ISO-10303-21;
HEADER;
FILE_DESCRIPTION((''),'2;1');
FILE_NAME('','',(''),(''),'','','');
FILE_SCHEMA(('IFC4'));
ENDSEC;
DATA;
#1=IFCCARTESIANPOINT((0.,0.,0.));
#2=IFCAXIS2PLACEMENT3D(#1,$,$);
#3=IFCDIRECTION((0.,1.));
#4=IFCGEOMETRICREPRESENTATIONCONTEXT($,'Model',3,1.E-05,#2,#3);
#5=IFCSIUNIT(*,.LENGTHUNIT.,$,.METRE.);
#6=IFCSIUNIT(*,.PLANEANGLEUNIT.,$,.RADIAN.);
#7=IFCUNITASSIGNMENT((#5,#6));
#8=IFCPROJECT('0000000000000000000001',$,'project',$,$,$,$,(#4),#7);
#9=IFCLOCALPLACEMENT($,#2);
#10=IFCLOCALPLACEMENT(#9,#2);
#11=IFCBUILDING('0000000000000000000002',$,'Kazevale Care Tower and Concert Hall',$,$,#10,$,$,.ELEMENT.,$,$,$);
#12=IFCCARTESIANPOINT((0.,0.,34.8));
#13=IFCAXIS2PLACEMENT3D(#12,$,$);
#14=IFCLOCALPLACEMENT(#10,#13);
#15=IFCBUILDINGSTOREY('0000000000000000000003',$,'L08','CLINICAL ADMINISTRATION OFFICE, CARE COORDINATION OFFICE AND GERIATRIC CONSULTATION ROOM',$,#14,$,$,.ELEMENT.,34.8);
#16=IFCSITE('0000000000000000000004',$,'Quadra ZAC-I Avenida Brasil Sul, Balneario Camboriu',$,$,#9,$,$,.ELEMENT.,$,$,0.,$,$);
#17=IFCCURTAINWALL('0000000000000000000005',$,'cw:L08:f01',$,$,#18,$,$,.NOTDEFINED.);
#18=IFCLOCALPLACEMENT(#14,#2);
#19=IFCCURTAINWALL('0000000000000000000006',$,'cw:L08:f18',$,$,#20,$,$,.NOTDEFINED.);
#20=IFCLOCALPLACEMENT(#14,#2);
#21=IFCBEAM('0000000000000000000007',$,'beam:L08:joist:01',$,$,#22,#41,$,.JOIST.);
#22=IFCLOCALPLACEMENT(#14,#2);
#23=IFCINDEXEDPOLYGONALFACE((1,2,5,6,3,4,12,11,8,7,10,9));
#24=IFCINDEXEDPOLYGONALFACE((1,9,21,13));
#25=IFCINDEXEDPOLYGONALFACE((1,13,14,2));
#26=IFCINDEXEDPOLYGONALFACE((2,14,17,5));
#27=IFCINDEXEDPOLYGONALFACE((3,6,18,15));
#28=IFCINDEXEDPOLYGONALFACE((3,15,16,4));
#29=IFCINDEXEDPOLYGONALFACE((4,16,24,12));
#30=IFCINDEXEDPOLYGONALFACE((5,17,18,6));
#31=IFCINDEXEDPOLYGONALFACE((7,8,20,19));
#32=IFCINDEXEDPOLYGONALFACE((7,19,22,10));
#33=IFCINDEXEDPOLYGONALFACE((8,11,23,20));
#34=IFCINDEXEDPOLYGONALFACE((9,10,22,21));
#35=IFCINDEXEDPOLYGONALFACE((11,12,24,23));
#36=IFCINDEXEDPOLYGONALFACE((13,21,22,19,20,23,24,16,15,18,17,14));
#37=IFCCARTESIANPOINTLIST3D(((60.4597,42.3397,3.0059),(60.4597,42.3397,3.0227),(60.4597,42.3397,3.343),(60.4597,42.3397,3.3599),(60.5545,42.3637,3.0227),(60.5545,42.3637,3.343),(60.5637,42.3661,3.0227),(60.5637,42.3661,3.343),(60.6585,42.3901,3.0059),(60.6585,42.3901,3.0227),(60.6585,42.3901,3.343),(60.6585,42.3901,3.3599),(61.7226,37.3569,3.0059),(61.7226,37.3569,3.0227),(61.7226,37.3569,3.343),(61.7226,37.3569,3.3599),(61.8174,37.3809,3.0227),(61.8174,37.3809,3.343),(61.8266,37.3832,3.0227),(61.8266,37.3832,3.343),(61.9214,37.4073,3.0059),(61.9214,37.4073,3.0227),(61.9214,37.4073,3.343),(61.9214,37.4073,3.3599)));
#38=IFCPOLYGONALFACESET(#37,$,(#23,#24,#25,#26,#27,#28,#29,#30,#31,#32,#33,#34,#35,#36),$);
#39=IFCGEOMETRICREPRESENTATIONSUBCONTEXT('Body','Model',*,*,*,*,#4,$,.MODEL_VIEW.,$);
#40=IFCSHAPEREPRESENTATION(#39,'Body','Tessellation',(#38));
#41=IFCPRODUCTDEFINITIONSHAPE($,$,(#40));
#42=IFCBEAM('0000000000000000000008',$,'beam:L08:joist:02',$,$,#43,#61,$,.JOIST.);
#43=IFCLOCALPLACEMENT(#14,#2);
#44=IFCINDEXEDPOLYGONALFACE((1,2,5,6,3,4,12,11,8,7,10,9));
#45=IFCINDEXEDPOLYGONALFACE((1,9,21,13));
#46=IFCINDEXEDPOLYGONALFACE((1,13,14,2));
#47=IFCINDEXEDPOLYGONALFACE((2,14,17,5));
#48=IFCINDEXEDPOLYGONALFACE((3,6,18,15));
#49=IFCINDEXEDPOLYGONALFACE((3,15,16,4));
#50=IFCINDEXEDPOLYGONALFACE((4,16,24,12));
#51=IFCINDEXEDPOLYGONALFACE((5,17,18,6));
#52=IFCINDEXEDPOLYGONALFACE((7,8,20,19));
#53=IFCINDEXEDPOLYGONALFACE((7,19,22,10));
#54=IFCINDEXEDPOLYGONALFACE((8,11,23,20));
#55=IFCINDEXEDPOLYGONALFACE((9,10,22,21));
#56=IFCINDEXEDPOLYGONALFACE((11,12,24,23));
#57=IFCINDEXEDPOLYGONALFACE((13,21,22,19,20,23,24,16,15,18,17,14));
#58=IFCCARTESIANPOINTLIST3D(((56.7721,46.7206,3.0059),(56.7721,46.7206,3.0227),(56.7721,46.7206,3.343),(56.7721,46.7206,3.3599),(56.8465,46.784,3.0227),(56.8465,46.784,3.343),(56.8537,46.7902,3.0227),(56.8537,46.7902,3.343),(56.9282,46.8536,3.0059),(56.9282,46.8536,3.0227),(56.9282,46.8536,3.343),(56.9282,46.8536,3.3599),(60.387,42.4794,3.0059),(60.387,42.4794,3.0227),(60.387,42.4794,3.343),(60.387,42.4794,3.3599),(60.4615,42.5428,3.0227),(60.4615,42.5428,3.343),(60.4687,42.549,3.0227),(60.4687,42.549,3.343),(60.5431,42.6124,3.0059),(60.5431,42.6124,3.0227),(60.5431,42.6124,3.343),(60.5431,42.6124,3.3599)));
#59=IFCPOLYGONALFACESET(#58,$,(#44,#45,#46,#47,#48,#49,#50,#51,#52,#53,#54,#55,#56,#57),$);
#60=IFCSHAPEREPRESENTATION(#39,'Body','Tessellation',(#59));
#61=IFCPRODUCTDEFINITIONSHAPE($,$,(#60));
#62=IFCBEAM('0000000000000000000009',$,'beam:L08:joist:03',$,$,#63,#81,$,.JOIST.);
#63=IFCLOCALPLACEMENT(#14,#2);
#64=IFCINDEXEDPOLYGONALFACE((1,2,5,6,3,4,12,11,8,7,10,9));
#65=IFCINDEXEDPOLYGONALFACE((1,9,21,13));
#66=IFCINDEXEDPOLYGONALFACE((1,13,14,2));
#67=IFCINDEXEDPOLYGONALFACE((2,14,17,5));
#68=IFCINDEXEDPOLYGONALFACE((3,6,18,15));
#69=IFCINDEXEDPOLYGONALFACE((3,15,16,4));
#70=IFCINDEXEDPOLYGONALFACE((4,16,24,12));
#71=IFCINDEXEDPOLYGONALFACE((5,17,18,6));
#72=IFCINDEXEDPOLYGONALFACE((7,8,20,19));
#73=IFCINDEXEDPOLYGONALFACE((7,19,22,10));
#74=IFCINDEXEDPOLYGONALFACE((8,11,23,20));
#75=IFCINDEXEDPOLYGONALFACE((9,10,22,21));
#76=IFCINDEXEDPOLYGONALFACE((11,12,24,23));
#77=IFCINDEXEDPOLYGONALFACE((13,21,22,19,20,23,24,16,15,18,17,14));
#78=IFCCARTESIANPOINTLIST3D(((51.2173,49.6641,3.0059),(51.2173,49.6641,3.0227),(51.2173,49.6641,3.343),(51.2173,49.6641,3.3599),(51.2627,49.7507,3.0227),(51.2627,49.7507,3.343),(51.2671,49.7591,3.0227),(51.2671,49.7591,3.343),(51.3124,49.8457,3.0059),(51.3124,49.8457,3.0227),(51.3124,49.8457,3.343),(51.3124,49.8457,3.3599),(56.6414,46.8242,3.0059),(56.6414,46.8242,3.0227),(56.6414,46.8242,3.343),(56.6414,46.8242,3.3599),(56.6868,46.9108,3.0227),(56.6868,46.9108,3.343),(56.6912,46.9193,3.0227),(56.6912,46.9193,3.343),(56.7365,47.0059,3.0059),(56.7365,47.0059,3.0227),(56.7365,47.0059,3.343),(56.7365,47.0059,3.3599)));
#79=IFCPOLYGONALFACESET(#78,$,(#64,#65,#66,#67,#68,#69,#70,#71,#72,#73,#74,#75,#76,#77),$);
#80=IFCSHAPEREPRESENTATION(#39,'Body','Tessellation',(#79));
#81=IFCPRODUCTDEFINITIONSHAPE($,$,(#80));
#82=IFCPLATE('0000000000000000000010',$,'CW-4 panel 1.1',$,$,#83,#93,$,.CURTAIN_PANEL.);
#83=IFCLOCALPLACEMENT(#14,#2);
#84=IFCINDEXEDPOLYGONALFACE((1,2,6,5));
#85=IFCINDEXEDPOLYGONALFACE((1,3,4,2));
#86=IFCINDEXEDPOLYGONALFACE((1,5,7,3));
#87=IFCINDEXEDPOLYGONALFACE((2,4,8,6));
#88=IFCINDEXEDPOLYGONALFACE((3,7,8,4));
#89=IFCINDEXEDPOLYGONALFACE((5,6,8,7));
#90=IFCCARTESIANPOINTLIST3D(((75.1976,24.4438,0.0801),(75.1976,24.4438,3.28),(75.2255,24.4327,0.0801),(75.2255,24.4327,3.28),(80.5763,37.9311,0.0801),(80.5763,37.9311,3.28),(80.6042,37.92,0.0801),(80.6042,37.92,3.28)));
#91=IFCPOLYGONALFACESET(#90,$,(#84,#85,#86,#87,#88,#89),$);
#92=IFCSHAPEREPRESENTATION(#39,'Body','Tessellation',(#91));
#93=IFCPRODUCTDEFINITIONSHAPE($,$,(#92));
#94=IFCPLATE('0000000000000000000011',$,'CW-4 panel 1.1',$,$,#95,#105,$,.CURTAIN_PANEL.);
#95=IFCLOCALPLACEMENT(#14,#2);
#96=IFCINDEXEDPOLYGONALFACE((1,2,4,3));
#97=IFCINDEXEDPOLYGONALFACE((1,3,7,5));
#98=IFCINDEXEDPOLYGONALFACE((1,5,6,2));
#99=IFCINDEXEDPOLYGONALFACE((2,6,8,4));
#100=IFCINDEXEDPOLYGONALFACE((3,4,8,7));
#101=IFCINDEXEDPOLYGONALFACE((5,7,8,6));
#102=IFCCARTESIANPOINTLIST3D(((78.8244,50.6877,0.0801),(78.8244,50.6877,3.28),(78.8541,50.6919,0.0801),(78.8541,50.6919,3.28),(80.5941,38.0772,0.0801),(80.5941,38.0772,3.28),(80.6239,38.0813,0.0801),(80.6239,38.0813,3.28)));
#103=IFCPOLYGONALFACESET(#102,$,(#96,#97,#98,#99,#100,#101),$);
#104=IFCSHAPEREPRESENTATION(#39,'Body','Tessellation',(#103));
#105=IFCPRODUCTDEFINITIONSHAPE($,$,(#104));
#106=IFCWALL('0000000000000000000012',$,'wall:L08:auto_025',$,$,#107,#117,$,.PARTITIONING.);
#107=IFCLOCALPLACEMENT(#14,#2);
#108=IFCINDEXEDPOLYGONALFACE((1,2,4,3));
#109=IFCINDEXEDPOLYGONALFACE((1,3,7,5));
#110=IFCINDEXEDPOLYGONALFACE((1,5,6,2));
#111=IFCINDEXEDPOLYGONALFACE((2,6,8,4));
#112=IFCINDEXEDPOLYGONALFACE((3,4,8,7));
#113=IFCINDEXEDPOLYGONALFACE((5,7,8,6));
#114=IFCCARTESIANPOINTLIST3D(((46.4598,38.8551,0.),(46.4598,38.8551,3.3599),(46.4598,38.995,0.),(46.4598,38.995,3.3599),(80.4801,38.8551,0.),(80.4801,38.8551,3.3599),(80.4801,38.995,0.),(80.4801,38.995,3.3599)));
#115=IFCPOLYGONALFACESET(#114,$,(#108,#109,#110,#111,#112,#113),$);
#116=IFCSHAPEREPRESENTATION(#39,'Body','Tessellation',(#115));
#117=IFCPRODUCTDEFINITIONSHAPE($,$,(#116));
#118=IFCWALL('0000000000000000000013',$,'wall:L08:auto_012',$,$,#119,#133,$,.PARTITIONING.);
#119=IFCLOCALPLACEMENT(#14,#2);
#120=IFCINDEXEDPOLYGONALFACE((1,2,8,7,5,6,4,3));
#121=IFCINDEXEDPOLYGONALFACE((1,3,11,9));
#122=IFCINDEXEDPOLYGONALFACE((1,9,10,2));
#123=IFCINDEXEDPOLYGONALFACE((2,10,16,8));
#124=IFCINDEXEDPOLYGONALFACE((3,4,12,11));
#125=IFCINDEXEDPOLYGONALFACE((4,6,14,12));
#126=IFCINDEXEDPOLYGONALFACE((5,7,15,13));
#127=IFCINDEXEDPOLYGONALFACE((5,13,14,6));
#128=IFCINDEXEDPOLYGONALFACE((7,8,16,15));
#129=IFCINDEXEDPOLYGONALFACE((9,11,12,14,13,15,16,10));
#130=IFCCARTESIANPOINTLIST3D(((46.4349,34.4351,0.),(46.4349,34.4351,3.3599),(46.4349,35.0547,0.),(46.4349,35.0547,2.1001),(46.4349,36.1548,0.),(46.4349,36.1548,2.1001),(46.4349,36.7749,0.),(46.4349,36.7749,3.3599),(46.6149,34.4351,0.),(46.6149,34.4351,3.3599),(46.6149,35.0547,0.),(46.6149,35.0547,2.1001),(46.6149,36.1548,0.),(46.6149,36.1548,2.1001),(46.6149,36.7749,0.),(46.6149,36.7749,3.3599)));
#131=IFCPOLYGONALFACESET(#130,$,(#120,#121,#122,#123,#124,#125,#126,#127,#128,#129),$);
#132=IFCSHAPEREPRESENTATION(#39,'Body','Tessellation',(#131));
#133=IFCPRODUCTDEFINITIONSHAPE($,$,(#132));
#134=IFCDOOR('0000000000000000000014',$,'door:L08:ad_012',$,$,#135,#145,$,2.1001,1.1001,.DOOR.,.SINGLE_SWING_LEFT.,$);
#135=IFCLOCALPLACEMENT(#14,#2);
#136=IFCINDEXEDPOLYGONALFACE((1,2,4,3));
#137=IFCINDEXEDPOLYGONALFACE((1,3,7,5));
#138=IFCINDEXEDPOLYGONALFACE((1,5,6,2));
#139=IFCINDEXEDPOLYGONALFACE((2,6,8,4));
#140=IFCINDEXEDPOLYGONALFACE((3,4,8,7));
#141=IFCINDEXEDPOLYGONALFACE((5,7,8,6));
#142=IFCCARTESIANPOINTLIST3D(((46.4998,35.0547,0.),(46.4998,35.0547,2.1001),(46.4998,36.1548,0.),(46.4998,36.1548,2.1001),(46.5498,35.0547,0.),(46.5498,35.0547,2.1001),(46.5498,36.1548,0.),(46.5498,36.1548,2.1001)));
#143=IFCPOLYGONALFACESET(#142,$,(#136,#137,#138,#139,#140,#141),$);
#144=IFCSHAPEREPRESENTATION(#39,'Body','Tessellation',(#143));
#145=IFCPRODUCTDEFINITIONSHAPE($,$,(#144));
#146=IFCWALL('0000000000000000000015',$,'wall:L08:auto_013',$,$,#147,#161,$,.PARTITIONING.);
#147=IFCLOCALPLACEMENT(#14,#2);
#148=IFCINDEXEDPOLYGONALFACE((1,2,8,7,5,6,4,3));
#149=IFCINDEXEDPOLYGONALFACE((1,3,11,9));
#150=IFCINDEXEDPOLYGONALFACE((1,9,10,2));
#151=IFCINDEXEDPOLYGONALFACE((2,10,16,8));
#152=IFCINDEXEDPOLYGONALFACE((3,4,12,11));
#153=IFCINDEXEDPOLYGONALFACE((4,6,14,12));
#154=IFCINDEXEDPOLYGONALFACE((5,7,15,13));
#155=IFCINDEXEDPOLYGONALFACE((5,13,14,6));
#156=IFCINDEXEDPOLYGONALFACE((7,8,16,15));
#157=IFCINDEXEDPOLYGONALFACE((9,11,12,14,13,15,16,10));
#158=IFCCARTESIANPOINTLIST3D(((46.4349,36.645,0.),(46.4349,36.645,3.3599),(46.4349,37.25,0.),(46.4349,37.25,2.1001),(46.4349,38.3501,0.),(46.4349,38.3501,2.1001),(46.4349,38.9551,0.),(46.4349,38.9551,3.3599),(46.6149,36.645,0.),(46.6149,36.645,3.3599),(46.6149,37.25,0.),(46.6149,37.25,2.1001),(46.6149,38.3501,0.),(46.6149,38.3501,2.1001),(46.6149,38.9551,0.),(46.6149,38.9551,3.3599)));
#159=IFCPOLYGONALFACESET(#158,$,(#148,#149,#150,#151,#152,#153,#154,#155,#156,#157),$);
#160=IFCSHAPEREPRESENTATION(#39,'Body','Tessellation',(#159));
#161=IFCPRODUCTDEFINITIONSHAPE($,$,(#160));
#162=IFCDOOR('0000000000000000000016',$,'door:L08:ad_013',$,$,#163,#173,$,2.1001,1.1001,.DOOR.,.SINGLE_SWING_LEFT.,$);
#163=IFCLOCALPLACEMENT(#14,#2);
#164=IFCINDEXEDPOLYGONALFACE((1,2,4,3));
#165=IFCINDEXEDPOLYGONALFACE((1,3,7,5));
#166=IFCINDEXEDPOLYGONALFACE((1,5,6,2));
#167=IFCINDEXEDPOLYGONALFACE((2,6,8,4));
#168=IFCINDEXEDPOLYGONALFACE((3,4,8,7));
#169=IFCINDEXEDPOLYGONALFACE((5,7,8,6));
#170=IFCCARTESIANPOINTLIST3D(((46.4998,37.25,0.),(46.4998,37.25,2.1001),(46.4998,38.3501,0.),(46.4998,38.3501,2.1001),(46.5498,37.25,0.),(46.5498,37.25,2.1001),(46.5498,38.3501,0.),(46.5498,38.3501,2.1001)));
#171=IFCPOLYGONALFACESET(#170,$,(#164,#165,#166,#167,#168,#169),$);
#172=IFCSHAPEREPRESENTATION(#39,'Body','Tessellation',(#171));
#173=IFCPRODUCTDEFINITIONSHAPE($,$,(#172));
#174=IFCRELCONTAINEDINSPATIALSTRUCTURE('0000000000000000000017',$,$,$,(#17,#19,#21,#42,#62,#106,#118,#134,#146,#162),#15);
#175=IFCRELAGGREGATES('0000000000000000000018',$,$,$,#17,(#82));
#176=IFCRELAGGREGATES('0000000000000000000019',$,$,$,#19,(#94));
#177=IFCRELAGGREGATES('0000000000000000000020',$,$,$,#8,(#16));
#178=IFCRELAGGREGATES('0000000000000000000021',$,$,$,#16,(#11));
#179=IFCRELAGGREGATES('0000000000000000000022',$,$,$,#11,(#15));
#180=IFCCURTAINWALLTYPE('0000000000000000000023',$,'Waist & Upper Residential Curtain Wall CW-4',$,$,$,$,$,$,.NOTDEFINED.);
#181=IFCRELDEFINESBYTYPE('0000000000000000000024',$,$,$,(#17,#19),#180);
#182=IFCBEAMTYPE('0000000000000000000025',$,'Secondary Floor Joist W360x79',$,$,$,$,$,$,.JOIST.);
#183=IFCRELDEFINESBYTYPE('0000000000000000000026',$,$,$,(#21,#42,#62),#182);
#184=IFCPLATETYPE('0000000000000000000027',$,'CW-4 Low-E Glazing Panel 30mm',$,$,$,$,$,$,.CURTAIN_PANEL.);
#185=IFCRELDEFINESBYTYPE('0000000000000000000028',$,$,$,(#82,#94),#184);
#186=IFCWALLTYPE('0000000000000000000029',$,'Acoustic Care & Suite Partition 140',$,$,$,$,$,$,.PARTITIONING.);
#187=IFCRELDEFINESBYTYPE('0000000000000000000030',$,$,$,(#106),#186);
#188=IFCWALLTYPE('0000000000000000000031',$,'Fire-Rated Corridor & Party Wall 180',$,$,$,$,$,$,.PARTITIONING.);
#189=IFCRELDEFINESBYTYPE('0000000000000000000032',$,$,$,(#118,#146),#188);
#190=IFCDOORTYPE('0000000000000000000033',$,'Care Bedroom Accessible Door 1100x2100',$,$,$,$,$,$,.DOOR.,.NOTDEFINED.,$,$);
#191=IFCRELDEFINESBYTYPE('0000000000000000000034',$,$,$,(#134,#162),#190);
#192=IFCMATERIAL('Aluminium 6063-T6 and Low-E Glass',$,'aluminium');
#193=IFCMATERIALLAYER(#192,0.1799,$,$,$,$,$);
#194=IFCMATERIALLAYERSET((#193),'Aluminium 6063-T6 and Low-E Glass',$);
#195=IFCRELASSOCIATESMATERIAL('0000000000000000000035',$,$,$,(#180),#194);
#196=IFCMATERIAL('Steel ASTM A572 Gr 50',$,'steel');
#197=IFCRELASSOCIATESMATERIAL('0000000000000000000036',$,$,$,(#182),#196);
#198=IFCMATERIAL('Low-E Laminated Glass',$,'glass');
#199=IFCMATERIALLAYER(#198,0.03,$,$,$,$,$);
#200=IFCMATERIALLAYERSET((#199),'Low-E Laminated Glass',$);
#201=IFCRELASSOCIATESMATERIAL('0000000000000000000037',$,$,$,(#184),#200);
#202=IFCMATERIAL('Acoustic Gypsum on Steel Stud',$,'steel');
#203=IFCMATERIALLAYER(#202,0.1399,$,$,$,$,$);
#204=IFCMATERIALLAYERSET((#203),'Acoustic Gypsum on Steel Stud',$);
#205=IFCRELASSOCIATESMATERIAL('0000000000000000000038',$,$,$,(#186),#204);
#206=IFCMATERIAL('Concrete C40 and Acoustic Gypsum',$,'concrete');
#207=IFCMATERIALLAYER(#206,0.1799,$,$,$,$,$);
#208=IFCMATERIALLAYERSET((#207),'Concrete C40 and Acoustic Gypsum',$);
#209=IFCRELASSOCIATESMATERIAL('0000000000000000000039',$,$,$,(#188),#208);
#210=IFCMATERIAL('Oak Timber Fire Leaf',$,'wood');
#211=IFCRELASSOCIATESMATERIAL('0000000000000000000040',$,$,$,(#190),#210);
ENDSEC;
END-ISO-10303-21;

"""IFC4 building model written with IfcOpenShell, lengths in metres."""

from ifc_helpers import new_model, si_unit, direction, frame, frame_2d, origin, origin_2d, place, context, subcontext, project, spatial, rectangle, i_section, extrude, material, layer, layer_set, material_profile, profile_set, type_object, element, fill, aggregate, save


model = new_model("IFC4")

# Units and contexts
model_context = context("Model", 3, precision=1e-05, world=origin(), true_north=direction((0.0, 1.0)))
body_context = subcontext(model_context, "Body", "Model", "MODEL_VIEW")
ifc_project = project(units=[si_unit("LENGTHUNIT", "METRE"), si_unit("PLANEANGLEUNIT", "RADIAN")], contexts=[model_context])

# Site, building, storey
site_placement = place(None, origin())
site = spatial("IfcSite", under=ifc_project, at=site_placement, Name="Quadra ZAC-I Avenida Brasil Sul, Balneario Camboriu", CompositionType="ELEMENT", RefElevation=0.0)
building_placement = place(site_placement, origin())
building = spatial("IfcBuilding", under=site, at=building_placement, Name="Kazevale Care Tower and Concert Hall", CompositionType="ELEMENT")
storey_placement = place(building_placement, frame((0.0, 0.0, 34.8)))
storey = spatial("IfcBuildingStorey", under=building, at=storey_placement, Name="L08", Description="CLINICAL ADMINISTRATION OFFICE, CARE COORDINATION OFFICE AND GERIATRIC CONSULTATION ROOM", CompositionType="ELEMENT", Elevation=34.8)

# Curtain walls
ifc_material_1 = material(Name="Aluminium 6063-T6 and Low-E Glass", Category="aluminium")
ifc_layer_1 = layer(ifc_material_1, 0.1799)
ifc_layer_set_1 = layer_set([ifc_layer_1], Name="Aluminium 6063-T6 and Low-E Glass")
curtain_wall_type = type_object("IfcCurtainWallType", Name="Waist & Upper Residential Curtain Wall CW-4", PredefinedType="NOTDEFINED", material=ifc_layer_set_1)
curtain_wall_1_placement = place(storey_placement, origin())
curtain_wall_1 = element("IfcCurtainWall", 1, at=curtain_wall_1_placement, inside=storey, type_object=curtain_wall_type, Name="cw:L08:f01", PredefinedType="NOTDEFINED")
curtain_wall_2_placement = place(storey_placement, origin())
curtain_wall_2 = element("IfcCurtainWall", 2, at=curtain_wall_2_placement, inside=storey, type_object=curtain_wall_type, Name="cw:L08:f18", PredefinedType="NOTDEFINED")

# Beams
ifc_material_2 = material(Name="Steel ASTM A572 Gr 50", Category="steel")
ifc_material_profile_1 = material_profile(ifc_material_2, i_section(OverallWidth=0.2051, OverallDepth=0.354, WebThickness=0.0095, FlangeThickness=0.0168, at=origin_2d()), Name="W360x79")
ifc_profile_set_1 = profile_set([ifc_material_profile_1], Name="Steel ASTM A572 Gr 50")
beam_type_1 = type_object("IfcBeamType", Name="Secondary Floor Joist W360x79", PredefinedType="JOIST", material=ifc_profile_set_1)
beam_1_placement = place(storey_placement, frame((61.822, 37.3821, 3.1829), z_axis=(-0.245686, 0.96935, 0.0), x_axis=(-0.96935, -0.245686, 0.0)))
element("IfcBeam", 3, at=beam_1_placement, inside=storey, type_object=beam_type_1, Name="beam:L08:joist:01", PredefinedType="JOIST", context=body_context, shape_type="SweptSolid", body=[
    extrude(i_section(OverallWidth=0.2051, OverallDepth=0.354, WebThickness=0.0095, FlangeThickness=0.0168, at=origin_2d()), origin(), (0.0, 0.0, 1.0), 5.1404),
])
beam_2_placement = place(storey_placement, frame((60.4651, 42.5459, 3.1829), z_axis=(-0.648686, 0.761057, 0.0), x_axis=(-0.761057, -0.648686, 0.0)))
element("IfcBeam", 4, at=beam_2_placement, inside=storey, type_object=beam_type_1, Name="beam:L08:joist:02", PredefinedType="JOIST", context=body_context, shape_type="SweptSolid", body=[
    extrude(i_section(OverallWidth=0.2051, OverallDepth=0.354, WebThickness=0.0095, FlangeThickness=0.0168, at=origin_2d()), origin(), (0.0, 0.0, 1.0), 5.5728),
])
beam_3_placement = place(storey_placement, frame((56.689, 46.915, 3.1829), z_axis=(-0.885921, 0.463836, 0.0), x_axis=(-0.463836, -0.885921, 0.0)))
element("IfcBeam", 5, at=beam_3_placement, inside=storey, type_object=beam_type_1, Name="beam:L08:joist:03", PredefinedType="JOIST", context=body_context, shape_type="SweptSolid", body=[
    extrude(i_section(OverallWidth=0.2051, OverallDepth=0.354, WebThickness=0.0095, FlangeThickness=0.0168, at=origin_2d()), origin(), (0.0, 0.0, 1.0), 6.1226),
])

# Plates
ifc_material_3 = material(Name="Low-E Laminated Glass", Category="glass")
ifc_layer_2 = layer(ifc_material_3, 0.03)
ifc_layer_set_2 = layer_set([ifc_layer_2], Name="Low-E Laminated Glass")
plate_type = type_object("IfcPlateType", Name="CW-4 Low-E Glazing Panel 30mm", PredefinedType="CURTAIN_PANEL", material=ifc_layer_set_2)
plate_1_placement = place(storey_placement, frame((77.9009, 31.1819, 0.0801), z_axis=(0.0, 0.0, 1.0), x_axis=(-0.370427, -0.928861, 0.0)))
plate_1 = element("IfcPlate", 6, at=plate_1_placement, type_object=plate_type, Name="CW-4 panel 1.1", PredefinedType="CURTAIN_PANEL", context=body_context, shape_type="SweptSolid", body=[
    extrude(rectangle(XDim=14.5203, YDim=0.03, at=origin_2d()), origin(), (0.0, 0.0, 1.0), 3.2),
])
aggregate(curtain_wall_1, [plate_1])
plate_2_placement = place(storey_placement, frame((79.7241, 44.3845, 0.0801), z_axis=(0.0, 0.0, 1.0), x_axis=(0.138978, -0.990295, 0.0)))
plate_2 = element("IfcPlate", 7, at=plate_2_placement, type_object=plate_type, Name="CW-4 panel 1.1", PredefinedType="CURTAIN_PANEL", context=body_context, shape_type="SweptSolid", body=[
    extrude(rectangle(XDim=12.7341, YDim=0.03, at=origin_2d()), origin(), (0.0, 0.0, 1.0), 3.2),
])
aggregate(curtain_wall_2, [plate_2])

# Wall
ifc_material_4 = material(Name="Acoustic Gypsum on Steel Stud", Category="steel")
ifc_layer_3 = layer(ifc_material_4, 0.1399)
ifc_layer_set_3 = layer_set([ifc_layer_3], Name="Acoustic Gypsum on Steel Stud")
wall_type_1 = type_object("IfcWallType", Name="Acoustic Care & Suite Partition 140", PredefinedType="PARTITIONING", material=ifc_layer_set_3)
wall_1_placement = place(storey_placement, frame((80.4802, 38.925, 0.0), z_axis=(0.0, 0.0, 1.0), x_axis=(-1.0, 0.0, 0.0)))
element("IfcWall", 8, at=wall_1_placement, inside=storey, type_object=wall_type_1, Name="wall:L08:auto_025", PredefinedType="PARTITIONING", context=body_context, shape_type="SweptSolid", body=[
    extrude(rectangle(XDim=34.0203, YDim=0.1399, at=frame_2d((17.0103, 0.0))), origin(), (0.0, 0.0, 1.0), 3.3599),
])

# Walls, openings, doors
ifc_material_5 = material(Name="Concrete C40 and Acoustic Gypsum", Category="concrete")
ifc_layer_4 = layer(ifc_material_5, 0.1799)
ifc_layer_set_4 = layer_set([ifc_layer_4], Name="Concrete C40 and Acoustic Gypsum")
wall_type_2 = type_object("IfcWallType", Name="Fire-Rated Corridor & Party Wall 180", PredefinedType="PARTITIONING", material=ifc_layer_set_4)
wall_2_placement = place(storey_placement, frame((46.5249, 36.7749, 0.0), z_axis=(0.0, 0.0, 1.0), x_axis=(0.0, -1.0, 0.0)))
wall_2 = element("IfcWall", 9, at=wall_2_placement, inside=storey, type_object=wall_type_2, Name="wall:L08:auto_012", PredefinedType="PARTITIONING", context=body_context, shape_type="SweptSolid", body=[
    extrude(rectangle(XDim=2.3398, YDim=0.1799, at=frame_2d((1.1699, 0.0))), origin(), (0.0, 0.0, 1.0), 3.3599),
])
opening_1_placement = place(wall_2_placement, frame((0.6201, 0.0, 0.0)))
opening_1 = element("IfcOpeningElement", 10, at=opening_1_placement, cuts=wall_2, PredefinedType="OPENING", context=body_context, shape_type="SweptSolid", body=[
    extrude(rectangle(XDim=1.1001, YDim=2.1001, at=frame_2d((0.55, 1.05))), frame((0.0, 0.0999, 0.0), z_axis=(0.0, -1.0, 0.0), x_axis=(1.0, 0.0, 0.0)), (0.0, 0.0, 1.0), 0.2),
])
ifc_material_6 = material(Name="Oak Timber Fire Leaf", Category="wood")
door_type = type_object("IfcDoorType", Name="Care Bedroom Accessible Door 1100x2100", OperationType="NOTDEFINED", PredefinedType="DOOR", material=ifc_material_6)
door_1_placement = place(opening_1_placement, origin())
door_1 = element("IfcDoor", 11, at=door_1_placement, inside=storey, type_object=door_type, Name="door:L08:ad_012", OperationType="SINGLE_SWING_LEFT", OverallHeight=2.1001, OverallWidth=1.1001, PredefinedType="DOOR", context=body_context, shape_type="SweptSolid", body=[
    extrude(rectangle(XDim=1.1001, YDim=2.1001, at=frame_2d((0.55, 1.05))), frame((0.0, 0.0249, 0.0), z_axis=(0.0, -1.0, 0.0), x_axis=(1.0, 0.0, 0.0)), (0.0, 0.0, 1.0), 0.05),
])
fill(opening_1, door_1)
wall_3_placement = place(storey_placement, frame((46.5249, 38.9551, 0.0), z_axis=(0.0, 0.0, 1.0), x_axis=(0.0, -1.0, 0.0)))
wall_3 = element("IfcWall", 12, at=wall_3_placement, inside=storey, type_object=wall_type_2, Name="wall:L08:auto_013", PredefinedType="PARTITIONING", context=body_context, shape_type="SweptSolid", body=[
    extrude(rectangle(XDim=2.3101, YDim=0.1799, at=frame_2d((1.155, 0.0))), origin(), (0.0, 0.0, 1.0), 3.3599),
])
opening_2_placement = place(wall_3_placement, frame((0.605, 0.0, 0.0)))
opening_2 = element("IfcOpeningElement", 13, at=opening_2_placement, cuts=wall_3, PredefinedType="OPENING", context=body_context, shape_type="SweptSolid", body=[
    extrude(rectangle(XDim=1.1001, YDim=2.1001, at=frame_2d((0.55, 1.05))), frame((0.0, 0.0999, 0.0), z_axis=(0.0, -1.0, 0.0), x_axis=(1.0, 0.0, 0.0)), (0.0, 0.0, 1.0), 0.2),
])
door_2_placement = place(opening_2_placement, origin())
door_2 = element("IfcDoor", 14, at=door_2_placement, inside=storey, type_object=door_type, Name="door:L08:ad_013", OperationType="SINGLE_SWING_LEFT", OverallHeight=2.1001, OverallWidth=1.1001, PredefinedType="DOOR", context=body_context, shape_type="SweptSolid", body=[
    extrude(rectangle(XDim=1.1001, YDim=2.1001, at=frame_2d((0.55, 1.05))), frame((0.0, 0.0249, 0.0), z_axis=(0.0, -1.0, 0.0), x_axis=(1.0, 0.0, 0.0)), (0.0, 0.0, 1.0), 0.05),
])
fill(opening_2, door_2)

save(model, "model.ifc")
